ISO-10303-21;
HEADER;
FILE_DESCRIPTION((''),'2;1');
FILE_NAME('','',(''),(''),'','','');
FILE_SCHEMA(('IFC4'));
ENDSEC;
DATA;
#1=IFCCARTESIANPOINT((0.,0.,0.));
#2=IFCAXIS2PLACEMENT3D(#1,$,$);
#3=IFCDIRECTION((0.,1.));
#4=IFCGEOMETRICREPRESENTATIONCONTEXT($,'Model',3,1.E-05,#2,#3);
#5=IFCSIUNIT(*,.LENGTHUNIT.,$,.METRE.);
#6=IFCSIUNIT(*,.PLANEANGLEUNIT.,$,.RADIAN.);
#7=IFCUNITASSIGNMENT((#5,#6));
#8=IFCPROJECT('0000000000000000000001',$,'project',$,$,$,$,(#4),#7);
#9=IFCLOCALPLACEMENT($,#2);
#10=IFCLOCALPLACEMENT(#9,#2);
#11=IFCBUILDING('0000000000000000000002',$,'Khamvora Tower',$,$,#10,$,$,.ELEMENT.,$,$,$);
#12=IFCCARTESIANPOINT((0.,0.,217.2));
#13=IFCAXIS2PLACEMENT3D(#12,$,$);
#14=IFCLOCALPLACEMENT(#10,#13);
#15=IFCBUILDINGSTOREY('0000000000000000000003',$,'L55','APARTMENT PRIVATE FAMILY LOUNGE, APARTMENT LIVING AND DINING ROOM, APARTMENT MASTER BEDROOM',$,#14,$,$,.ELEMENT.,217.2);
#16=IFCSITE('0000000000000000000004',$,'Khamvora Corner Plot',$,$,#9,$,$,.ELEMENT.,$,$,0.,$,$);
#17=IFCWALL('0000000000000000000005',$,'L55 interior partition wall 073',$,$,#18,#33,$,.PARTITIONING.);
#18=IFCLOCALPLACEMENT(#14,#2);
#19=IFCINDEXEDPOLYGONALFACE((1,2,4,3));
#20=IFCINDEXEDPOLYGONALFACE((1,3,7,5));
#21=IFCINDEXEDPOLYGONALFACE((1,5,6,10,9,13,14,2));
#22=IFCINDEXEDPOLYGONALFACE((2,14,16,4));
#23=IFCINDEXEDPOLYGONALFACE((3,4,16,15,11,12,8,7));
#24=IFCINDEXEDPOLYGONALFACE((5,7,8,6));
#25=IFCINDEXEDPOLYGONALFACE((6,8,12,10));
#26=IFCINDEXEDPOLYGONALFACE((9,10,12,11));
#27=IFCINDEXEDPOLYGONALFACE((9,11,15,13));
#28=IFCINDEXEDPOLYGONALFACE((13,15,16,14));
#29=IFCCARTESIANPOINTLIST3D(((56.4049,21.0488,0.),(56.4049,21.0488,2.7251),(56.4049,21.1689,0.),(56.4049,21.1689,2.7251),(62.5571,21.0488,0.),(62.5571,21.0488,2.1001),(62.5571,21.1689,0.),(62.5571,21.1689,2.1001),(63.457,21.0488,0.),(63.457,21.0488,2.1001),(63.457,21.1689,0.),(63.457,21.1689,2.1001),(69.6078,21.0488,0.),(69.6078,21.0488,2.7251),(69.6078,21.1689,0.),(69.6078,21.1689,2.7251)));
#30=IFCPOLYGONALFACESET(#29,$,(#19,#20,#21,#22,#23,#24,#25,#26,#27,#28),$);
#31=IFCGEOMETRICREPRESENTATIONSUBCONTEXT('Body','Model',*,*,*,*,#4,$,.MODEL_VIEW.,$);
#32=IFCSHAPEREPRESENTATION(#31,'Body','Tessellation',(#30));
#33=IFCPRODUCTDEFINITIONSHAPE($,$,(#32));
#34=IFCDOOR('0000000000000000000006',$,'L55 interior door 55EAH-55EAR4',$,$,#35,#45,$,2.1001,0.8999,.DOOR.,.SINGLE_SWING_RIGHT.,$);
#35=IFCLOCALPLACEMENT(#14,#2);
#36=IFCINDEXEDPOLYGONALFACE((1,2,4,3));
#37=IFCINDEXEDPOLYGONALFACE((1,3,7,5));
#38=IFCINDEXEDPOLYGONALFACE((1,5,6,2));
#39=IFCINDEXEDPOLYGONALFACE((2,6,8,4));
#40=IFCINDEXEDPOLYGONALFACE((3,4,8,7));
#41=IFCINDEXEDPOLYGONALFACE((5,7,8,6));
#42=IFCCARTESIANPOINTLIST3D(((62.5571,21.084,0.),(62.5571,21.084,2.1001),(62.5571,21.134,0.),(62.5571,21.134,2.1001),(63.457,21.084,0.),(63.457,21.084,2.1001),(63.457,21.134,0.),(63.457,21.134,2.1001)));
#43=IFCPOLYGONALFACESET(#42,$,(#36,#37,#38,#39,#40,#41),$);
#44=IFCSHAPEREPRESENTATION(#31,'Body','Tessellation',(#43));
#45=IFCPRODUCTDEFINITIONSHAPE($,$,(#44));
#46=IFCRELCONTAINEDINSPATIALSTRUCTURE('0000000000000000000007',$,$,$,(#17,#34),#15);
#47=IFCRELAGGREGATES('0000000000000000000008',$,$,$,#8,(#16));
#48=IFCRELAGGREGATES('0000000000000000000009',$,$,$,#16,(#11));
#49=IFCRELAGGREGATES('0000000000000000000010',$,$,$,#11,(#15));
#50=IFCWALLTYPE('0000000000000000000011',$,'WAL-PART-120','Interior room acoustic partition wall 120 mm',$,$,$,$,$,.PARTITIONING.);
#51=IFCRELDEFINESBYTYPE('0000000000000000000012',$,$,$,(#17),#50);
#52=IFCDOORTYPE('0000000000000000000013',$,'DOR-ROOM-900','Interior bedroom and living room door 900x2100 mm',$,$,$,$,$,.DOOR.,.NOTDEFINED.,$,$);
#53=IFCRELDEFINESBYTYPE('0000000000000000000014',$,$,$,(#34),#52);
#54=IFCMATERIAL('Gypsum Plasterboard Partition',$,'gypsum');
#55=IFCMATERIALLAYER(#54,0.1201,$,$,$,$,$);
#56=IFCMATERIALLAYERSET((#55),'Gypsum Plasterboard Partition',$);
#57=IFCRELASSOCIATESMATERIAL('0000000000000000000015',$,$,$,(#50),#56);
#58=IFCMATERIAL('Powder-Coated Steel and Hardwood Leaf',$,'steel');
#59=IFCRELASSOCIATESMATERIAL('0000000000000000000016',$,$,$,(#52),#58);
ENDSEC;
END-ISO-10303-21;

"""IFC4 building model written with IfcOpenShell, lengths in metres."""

from ifc_helpers import new_model, si_unit, direction, frame, frame_2d, origin, place, context, subcontext, project, spatial, rectangle, extrude, material, layer, layer_set, type_object, element, fill, save


model = new_model("IFC4")

# Units and contexts
model_context = context("Model", 3, precision=1e-05, world=origin(), true_north=direction((0.0, 1.0)))
body_context = subcontext(model_context, "Body", "Model", "MODEL_VIEW")
ifc_project = project(units=[si_unit("LENGTHUNIT", "METRE"), si_unit("PLANEANGLEUNIT", "RADIAN")], contexts=[model_context])

# Site, building, storey
site_placement = place(None, origin())
site = spatial("IfcSite", under=ifc_project, at=site_placement, Name="Khamvora Corner Plot", CompositionType="ELEMENT", RefElevation=0.0)
building_placement = place(site_placement, origin())
building = spatial("IfcBuilding", under=site, at=building_placement, Name="Khamvora Tower", CompositionType="ELEMENT")
storey_placement = place(building_placement, frame((0.0, 0.0, 217.2)))
storey = spatial("IfcBuildingStorey", under=building, at=storey_placement, Name="L55", Description="APARTMENT PRIVATE FAMILY LOUNGE, APARTMENT LIVING AND DINING ROOM, APARTMENT MASTER BEDROOM", CompositionType="ELEMENT", Elevation=217.2)

# Wall, opening, door
ifc_material_1 = material(Name="Gypsum Plasterboard Partition", Category="gypsum")
ifc_layer_1 = layer(ifc_material_1, 0.1201)
ifc_layer_set_1 = layer_set([ifc_layer_1], Name="Gypsum Plasterboard Partition")
wall_type_1 = type_object("IfcWallType", Name="WAL-PART-120", Description="Interior room acoustic partition wall 120 mm", PredefinedType="PARTITIONING", material=ifc_layer_set_1)
ifc_material_2 = material(Name="Powder-Coated Steel and Hardwood Leaf", Category="steel")
door_type_1 = type_object("IfcDoorType", Name="DOR-ROOM-900", Description="Interior bedroom and living room door 900x2100 mm", OperationType="NOTDEFINED", PredefinedType="DOOR", material=ifc_material_2)
wall_1_placement = place(storey_placement, frame((69.6079, 21.1089, 0.0), z_axis=(0.0, 0.0, 1.0), x_axis=(-1.0, 0.0, 0.0)))
wall_1 = element("IfcWall", 1, at=wall_1_placement, inside=storey, type_object=wall_type_1, Name="L55 interior partition wall 073", PredefinedType="PARTITIONING", context=body_context, shape_type="SweptSolid", body=[
    extrude(rectangle(XDim=13.2029, YDim=0.1201, at=frame_2d((6.6016, 0.0))), origin(), (0.0, 0.0, 1.0), 2.7251),
])
opening_1_placement = place(wall_1_placement, frame((6.1509, 0.0, 0.0)))
opening_1 = element("IfcOpeningElement", 2, at=opening_1_placement, cuts=wall_1, PredefinedType="OPENING", context=body_context, shape_type="SweptSolid", body=[
    extrude(rectangle(XDim=0.8999, YDim=2.1001, at=frame_2d((0.45, 1.05))), frame((0.0, 0.0701, 0.0), z_axis=(0.0, -1.0, 0.0), x_axis=(1.0, 0.0, 0.0)), (0.0, 0.0, 1.0), 0.1401),
])
door_1_placement = place(opening_1_placement, origin())
door_1 = element("IfcDoor", 3, at=door_1_placement, inside=storey, type_object=door_type_1, Name="L55 interior door 55EAH-55EAR4", OperationType="SINGLE_SWING_RIGHT", OverallHeight=2.1001, OverallWidth=0.8999, PredefinedType="DOOR", context=body_context, shape_type="SweptSolid", body=[
    extrude(rectangle(XDim=0.8999, YDim=2.1001, at=frame_2d((0.45, 1.05))), frame((0.0, 0.0249, 0.0), z_axis=(0.0, -1.0, 0.0), x_axis=(1.0, 0.0, 0.0)), (0.0, 0.0, 1.0), 0.05),
])
fill(opening_1, door_1)

save(model, "model.ifc")
